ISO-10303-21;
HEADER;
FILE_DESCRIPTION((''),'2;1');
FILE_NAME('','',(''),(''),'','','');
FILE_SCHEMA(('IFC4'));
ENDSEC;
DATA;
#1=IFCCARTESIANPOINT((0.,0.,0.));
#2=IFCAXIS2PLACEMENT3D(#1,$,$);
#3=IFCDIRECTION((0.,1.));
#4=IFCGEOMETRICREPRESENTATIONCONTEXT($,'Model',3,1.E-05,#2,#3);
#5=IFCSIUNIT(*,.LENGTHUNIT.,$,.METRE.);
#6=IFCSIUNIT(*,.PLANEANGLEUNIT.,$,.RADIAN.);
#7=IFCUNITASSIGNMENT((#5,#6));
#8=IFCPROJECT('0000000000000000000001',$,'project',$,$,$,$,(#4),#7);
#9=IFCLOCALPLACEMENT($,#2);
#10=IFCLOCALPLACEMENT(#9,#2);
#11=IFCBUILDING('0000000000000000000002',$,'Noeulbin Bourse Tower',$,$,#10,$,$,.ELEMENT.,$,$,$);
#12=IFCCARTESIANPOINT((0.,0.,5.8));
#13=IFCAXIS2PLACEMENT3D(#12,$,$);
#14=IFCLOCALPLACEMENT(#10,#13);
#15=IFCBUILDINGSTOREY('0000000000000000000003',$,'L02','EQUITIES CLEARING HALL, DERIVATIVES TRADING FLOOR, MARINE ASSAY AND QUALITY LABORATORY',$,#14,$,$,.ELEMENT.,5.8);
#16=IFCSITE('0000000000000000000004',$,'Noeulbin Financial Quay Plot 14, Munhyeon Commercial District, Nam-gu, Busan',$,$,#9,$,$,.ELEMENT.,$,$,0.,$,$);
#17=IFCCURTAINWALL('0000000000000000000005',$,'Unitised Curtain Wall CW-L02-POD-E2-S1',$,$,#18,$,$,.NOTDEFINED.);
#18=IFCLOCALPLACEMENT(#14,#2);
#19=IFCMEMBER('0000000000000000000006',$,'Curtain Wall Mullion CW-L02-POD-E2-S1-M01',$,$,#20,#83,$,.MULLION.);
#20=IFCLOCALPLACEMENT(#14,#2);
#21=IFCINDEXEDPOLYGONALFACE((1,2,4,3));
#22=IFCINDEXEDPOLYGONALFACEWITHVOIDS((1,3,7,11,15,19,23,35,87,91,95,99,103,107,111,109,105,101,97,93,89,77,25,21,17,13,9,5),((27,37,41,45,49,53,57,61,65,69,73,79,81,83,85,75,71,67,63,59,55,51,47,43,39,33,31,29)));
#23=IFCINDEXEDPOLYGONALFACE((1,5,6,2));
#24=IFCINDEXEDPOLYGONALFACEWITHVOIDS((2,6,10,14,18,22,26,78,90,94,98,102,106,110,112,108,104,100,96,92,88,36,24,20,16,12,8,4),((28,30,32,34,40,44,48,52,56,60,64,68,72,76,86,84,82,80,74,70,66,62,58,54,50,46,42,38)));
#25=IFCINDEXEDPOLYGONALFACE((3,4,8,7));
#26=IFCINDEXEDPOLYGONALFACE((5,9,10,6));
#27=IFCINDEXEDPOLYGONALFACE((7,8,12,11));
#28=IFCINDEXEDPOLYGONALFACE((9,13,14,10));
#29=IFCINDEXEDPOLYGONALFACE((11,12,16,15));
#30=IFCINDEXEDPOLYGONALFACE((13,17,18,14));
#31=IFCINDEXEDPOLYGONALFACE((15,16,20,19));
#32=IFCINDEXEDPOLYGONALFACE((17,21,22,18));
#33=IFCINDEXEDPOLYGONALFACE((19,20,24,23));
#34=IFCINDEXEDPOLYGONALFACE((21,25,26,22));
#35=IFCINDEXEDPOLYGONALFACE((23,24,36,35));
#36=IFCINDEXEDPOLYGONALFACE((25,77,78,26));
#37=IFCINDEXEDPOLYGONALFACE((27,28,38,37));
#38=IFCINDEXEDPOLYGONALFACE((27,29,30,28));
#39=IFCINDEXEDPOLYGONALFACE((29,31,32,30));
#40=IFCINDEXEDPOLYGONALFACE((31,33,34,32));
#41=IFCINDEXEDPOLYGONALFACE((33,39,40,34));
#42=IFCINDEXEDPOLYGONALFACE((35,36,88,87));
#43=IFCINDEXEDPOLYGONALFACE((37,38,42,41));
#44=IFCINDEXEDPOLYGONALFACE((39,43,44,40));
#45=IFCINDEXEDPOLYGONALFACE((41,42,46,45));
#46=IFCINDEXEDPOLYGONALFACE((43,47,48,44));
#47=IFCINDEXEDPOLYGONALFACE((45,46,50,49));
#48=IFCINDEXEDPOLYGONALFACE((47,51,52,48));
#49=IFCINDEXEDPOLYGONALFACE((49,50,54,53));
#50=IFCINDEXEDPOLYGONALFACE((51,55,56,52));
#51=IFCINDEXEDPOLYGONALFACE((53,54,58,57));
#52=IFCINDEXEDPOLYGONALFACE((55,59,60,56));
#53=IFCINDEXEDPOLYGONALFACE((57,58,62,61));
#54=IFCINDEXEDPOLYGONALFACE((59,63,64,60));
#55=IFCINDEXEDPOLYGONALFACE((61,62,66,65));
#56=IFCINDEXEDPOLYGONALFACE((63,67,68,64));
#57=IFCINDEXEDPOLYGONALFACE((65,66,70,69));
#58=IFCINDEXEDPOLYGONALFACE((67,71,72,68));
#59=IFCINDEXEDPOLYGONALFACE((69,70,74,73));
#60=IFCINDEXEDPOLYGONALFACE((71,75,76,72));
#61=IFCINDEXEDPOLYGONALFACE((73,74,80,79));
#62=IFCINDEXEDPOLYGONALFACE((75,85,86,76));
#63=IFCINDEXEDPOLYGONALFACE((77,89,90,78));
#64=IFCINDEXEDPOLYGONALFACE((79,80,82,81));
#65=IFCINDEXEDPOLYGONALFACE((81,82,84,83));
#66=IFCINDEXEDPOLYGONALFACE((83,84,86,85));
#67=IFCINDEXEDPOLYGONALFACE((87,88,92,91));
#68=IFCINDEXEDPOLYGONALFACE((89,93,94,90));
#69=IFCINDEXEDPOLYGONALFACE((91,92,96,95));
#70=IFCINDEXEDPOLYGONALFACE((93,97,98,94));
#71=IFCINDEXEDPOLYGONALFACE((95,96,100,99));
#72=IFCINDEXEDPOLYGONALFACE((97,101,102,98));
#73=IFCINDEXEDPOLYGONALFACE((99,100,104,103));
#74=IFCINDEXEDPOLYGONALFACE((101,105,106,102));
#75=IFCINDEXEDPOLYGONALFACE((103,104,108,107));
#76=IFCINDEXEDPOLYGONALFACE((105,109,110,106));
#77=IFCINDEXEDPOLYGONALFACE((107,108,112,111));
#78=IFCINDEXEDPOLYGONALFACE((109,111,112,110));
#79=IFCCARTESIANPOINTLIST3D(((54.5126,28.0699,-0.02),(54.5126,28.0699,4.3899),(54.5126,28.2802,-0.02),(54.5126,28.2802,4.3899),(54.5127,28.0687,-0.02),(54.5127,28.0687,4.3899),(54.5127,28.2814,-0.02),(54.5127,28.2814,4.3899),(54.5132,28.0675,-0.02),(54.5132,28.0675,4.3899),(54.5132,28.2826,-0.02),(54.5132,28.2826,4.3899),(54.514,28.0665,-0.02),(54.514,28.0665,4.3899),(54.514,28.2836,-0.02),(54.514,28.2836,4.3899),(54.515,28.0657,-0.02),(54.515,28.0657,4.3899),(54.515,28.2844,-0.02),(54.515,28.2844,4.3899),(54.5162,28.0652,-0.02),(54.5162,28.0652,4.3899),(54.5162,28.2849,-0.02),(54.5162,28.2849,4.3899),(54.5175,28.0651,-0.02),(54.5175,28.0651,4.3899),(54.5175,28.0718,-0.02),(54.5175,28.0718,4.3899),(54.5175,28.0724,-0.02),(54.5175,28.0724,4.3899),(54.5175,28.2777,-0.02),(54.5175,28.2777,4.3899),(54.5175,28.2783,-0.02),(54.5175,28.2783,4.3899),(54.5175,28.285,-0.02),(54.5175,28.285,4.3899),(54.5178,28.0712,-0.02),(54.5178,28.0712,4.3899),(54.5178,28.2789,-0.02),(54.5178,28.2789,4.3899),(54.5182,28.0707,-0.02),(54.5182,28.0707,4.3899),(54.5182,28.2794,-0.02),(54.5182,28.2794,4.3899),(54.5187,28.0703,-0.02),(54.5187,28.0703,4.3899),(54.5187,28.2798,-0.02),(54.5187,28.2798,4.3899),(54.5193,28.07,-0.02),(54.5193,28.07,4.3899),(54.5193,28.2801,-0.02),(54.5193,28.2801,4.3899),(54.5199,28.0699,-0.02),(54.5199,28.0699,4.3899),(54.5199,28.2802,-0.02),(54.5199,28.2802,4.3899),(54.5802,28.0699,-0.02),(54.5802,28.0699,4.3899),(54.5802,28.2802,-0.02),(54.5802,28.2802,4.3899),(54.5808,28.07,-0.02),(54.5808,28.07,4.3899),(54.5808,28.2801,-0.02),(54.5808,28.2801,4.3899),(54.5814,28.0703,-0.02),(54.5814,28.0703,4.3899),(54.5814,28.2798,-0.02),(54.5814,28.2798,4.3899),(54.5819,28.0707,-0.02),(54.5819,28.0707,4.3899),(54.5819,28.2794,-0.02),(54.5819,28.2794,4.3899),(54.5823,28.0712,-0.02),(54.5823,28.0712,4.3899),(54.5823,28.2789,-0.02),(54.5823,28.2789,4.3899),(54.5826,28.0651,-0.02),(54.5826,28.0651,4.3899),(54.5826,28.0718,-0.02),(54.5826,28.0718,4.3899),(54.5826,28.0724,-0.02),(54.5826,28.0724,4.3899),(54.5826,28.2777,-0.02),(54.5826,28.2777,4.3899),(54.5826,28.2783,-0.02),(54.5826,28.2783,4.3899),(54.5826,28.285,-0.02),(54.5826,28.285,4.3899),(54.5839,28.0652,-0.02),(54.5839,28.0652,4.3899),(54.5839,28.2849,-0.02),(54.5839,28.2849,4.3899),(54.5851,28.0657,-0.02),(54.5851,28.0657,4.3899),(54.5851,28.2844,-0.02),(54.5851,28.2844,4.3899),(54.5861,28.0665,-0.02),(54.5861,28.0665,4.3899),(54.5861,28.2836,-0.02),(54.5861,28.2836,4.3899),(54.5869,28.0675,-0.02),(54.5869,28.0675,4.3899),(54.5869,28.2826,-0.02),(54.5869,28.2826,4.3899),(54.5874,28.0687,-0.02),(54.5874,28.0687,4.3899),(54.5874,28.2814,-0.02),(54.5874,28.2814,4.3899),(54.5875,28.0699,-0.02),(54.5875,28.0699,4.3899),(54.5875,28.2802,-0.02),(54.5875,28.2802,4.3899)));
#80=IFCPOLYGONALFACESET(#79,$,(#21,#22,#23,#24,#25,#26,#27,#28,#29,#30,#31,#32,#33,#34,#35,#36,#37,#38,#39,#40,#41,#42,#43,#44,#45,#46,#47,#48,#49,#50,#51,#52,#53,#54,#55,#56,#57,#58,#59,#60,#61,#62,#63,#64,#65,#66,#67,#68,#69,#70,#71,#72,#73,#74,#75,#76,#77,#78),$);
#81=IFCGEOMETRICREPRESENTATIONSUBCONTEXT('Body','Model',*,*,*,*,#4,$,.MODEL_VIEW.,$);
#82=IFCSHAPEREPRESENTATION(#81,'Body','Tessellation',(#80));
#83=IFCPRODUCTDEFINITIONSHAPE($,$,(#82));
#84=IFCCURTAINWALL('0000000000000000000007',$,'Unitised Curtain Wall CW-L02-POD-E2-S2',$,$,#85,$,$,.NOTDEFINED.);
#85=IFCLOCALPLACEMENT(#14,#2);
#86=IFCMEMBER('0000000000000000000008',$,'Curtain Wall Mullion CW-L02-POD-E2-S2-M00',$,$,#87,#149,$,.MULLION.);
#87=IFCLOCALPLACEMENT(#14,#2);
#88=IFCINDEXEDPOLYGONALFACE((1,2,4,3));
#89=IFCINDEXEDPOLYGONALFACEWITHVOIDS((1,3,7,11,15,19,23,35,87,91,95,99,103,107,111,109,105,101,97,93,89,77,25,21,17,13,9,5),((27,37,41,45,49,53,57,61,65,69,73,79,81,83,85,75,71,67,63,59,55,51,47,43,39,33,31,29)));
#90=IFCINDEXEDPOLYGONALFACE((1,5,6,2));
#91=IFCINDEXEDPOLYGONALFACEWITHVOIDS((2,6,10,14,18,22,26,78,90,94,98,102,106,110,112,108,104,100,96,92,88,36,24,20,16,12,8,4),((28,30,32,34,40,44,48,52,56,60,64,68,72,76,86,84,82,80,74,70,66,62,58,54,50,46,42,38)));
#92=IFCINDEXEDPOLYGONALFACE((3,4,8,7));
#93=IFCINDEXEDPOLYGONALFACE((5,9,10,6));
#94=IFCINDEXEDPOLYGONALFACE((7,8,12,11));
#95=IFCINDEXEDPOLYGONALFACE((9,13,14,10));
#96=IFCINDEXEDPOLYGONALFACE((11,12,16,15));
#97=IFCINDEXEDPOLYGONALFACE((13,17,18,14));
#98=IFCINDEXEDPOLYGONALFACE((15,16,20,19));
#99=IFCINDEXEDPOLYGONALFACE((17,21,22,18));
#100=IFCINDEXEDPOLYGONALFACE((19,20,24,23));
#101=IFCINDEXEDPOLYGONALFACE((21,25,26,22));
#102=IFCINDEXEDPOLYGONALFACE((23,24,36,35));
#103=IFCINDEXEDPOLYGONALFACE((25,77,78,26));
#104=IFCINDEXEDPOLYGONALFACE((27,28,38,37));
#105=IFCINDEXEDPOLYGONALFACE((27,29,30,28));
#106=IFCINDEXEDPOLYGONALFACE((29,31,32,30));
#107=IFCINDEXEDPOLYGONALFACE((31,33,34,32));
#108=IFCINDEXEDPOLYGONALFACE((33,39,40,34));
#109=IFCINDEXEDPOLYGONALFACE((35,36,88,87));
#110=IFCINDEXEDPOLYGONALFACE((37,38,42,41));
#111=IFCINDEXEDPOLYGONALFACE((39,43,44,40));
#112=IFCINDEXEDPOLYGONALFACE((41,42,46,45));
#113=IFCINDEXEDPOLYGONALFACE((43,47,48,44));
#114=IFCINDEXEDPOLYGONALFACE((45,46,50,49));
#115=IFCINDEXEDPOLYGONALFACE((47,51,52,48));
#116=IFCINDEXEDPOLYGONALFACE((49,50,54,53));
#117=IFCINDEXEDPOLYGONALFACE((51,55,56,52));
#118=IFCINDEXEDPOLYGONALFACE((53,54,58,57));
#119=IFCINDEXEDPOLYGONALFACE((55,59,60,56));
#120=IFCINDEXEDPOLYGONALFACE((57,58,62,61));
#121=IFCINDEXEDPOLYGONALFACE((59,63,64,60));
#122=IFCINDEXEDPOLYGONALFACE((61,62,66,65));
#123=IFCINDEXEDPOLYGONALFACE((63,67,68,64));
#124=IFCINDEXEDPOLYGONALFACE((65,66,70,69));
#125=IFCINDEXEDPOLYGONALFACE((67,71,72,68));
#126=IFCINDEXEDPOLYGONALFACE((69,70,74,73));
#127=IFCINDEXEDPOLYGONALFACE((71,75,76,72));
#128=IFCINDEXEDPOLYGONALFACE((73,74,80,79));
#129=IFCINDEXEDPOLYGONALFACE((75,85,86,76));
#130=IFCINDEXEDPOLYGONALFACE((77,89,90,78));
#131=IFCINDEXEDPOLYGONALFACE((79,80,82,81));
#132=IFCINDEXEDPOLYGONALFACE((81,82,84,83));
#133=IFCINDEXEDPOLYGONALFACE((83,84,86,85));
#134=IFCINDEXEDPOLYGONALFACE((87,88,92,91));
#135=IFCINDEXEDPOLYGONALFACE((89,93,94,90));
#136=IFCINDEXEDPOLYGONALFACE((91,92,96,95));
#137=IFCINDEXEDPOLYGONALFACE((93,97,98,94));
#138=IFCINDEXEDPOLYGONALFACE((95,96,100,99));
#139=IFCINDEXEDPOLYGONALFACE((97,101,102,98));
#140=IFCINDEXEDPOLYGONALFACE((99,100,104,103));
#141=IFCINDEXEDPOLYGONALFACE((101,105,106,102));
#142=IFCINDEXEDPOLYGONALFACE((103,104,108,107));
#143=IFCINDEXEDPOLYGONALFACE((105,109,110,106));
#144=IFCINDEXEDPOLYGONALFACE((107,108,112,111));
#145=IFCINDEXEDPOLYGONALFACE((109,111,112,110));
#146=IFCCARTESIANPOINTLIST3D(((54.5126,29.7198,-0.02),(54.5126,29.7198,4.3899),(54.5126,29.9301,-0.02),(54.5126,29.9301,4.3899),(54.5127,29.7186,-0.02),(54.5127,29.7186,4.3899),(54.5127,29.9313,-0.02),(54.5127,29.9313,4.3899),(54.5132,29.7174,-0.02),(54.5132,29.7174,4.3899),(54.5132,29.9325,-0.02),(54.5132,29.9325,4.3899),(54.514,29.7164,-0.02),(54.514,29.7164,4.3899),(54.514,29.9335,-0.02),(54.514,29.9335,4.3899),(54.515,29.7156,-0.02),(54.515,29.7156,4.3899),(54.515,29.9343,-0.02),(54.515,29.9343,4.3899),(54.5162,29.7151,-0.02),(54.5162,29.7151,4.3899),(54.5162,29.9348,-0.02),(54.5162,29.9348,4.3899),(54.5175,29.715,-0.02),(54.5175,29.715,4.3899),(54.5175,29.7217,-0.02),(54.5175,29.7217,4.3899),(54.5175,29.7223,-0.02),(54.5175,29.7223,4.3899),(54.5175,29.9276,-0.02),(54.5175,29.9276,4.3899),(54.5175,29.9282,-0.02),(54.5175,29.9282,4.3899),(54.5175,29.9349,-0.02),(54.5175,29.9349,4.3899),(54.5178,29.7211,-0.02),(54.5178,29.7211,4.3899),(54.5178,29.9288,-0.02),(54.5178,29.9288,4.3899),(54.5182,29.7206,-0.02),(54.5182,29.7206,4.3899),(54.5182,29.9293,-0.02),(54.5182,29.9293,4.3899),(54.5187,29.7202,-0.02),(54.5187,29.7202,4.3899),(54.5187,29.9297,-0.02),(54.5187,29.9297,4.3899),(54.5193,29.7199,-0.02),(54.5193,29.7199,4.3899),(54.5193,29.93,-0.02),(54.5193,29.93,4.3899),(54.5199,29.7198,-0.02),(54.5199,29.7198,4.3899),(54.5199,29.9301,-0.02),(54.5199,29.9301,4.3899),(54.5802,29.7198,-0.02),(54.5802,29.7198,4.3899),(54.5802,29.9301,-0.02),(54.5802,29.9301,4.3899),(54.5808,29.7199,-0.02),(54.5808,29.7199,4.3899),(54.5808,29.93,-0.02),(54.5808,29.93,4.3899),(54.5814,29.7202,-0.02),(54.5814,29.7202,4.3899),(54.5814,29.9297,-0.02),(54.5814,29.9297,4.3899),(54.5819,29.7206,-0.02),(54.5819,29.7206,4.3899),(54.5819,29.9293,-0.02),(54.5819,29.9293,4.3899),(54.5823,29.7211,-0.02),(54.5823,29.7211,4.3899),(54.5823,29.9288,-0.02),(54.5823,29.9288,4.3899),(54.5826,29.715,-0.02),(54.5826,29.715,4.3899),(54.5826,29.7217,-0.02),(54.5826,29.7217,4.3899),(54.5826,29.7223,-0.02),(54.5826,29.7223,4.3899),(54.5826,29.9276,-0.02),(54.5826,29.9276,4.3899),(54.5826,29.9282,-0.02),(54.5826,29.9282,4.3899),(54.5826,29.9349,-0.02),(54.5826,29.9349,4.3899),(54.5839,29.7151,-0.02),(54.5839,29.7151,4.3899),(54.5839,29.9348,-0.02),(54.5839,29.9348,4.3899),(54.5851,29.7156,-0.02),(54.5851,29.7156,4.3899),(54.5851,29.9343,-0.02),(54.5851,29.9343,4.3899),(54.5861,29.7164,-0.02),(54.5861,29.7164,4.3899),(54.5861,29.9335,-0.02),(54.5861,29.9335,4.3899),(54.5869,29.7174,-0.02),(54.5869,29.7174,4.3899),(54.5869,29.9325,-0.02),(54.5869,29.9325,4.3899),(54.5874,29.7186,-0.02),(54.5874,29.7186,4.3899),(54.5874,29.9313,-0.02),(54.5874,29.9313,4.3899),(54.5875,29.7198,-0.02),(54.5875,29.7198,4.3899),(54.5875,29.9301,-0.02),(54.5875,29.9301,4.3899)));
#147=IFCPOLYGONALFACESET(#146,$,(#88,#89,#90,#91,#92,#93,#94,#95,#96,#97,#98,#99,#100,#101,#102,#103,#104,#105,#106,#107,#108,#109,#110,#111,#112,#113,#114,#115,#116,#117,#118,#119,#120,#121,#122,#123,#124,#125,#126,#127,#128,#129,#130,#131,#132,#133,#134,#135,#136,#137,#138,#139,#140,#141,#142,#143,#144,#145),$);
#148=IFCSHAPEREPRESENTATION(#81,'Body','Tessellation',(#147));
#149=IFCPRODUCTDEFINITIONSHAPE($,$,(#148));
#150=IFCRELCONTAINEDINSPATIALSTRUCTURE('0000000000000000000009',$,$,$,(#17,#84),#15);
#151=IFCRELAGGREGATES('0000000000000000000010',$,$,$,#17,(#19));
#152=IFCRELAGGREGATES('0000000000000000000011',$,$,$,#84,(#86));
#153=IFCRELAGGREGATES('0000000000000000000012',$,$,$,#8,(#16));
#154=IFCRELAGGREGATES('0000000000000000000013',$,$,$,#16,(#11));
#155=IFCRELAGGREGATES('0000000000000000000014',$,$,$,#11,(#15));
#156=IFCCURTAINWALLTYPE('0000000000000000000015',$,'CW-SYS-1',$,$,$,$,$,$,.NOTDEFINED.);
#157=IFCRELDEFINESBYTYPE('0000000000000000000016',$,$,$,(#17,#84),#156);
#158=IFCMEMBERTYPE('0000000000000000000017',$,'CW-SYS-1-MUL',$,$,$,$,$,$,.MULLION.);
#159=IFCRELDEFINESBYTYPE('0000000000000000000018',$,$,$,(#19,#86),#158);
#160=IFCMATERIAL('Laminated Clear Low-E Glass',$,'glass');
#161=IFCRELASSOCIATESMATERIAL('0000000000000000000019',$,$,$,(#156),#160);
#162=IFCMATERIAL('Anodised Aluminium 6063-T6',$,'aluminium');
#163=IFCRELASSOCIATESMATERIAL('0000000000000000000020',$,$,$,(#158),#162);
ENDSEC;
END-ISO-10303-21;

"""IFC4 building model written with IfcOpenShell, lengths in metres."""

from ifc_helpers import new_model, si_unit, direction, frame, origin, origin_2d, place, context, subcontext, project, spatial, hollow_rectangle, extrude, material, material_profile, profile_set, type_object, element, aggregate, save


model = new_model("IFC4")

# Units and contexts
model_context = context("Model", 3, precision=1e-05, world=origin(), true_north=direction((0.0, 1.0)))
body_context = subcontext(model_context, "Body", "Model", "MODEL_VIEW")
ifc_project = project(units=[si_unit("LENGTHUNIT", "METRE"), si_unit("PLANEANGLEUNIT", "RADIAN")], contexts=[model_context])

# Site, building, storey
site_placement = place(None, origin())
site = spatial("IfcSite", under=ifc_project, at=site_placement, Name="Noeulbin Financial Quay Plot 14, Munhyeon Commercial District, Nam-gu, Busan", CompositionType="ELEMENT", RefElevation=0.0)
building_placement = place(site_placement, origin())
building = spatial("IfcBuilding", under=site, at=building_placement, Name="Noeulbin Bourse Tower", CompositionType="ELEMENT")
storey_placement = place(building_placement, frame((0.0, 0.0, 5.8)))
storey = spatial("IfcBuildingStorey", under=building, at=storey_placement, Name="L02", Description="EQUITIES CLEARING HALL, DERIVATIVES TRADING FLOOR, MARINE ASSAY AND QUALITY LABORATORY", CompositionType="ELEMENT", Elevation=5.8)

# Curtain walls, members
ifc_material_1 = material(Name="Laminated Clear Low-E Glass", Category="glass")
curtain_wall_type = type_object("IfcCurtainWallType", Name="CW-SYS-1", PredefinedType="NOTDEFINED", material=ifc_material_1)
curtain_wall_1_placement = place(storey_placement, origin())
curtain_wall_1 = element("IfcCurtainWall", 1, at=curtain_wall_1_placement, inside=storey, type_object=curtain_wall_type, Name="Unitised Curtain Wall CW-L02-POD-E2-S1", PredefinedType="NOTDEFINED")
ifc_material_2 = material(Name="Anodised Aluminium 6063-T6", Category="aluminium")
ifc_material_profile_1 = material_profile(ifc_material_2, hollow_rectangle(XDim=0.075, YDim=0.22, WallThickness=0.0049, InnerFilletRadius=0.0024, OuterFilletRadius=0.0049, at=origin_2d()), Name="ALU-MULL-75x220x5", Category="LoadBearing")
ifc_profile_set_1 = profile_set([ifc_material_profile_1], Name="Anodised Aluminium 6063-T6")
member_type_1 = type_object("IfcMemberType", Name="CW-SYS-1-MUL", PredefinedType="MULLION", material=ifc_profile_set_1)
member_1_placement = place(storey_placement, frame((54.55, 28.175, -0.02), z_axis=(0.0, 0.0, 1.0), x_axis=(1.0, 0.0, 0.0)))
member_1 = element("IfcMember", 2, at=member_1_placement, type_object=member_type_1, Name="Curtain Wall Mullion CW-L02-POD-E2-S1-M01", PredefinedType="MULLION", context=body_context, shape_type="SweptSolid", body=[
    extrude(hollow_rectangle(XDim=0.075, YDim=0.22, WallThickness=0.0049, InnerFilletRadius=0.0024, OuterFilletRadius=0.0049, at=origin_2d()), origin(), (0.0, 0.0, 1.0), 4.4099),
])
curtain_wall_2_placement = place(storey_placement, origin())
curtain_wall_2 = element("IfcCurtainWall", 3, at=curtain_wall_2_placement, inside=storey, type_object=curtain_wall_type, Name="Unitised Curtain Wall CW-L02-POD-E2-S2", PredefinedType="NOTDEFINED")
member_2_placement = place(storey_placement, frame((54.55, 29.825, -0.02), z_axis=(0.0, 0.0, 1.0), x_axis=(1.0, 0.0, 0.0)))
member_2 = element("IfcMember", 4, at=member_2_placement, type_object=member_type_1, Name="Curtain Wall Mullion CW-L02-POD-E2-S2-M00", PredefinedType="MULLION", context=body_context, shape_type="SweptSolid", body=[
    extrude(hollow_rectangle(XDim=0.075, YDim=0.22, WallThickness=0.0049, InnerFilletRadius=0.0024, OuterFilletRadius=0.0049, at=origin_2d()), origin(), (0.0, 0.0, 1.0), 4.4099),
])

aggregate(curtain_wall_1, [member_1])
aggregate(curtain_wall_2, [member_2])

save(model, "model.ifc")
